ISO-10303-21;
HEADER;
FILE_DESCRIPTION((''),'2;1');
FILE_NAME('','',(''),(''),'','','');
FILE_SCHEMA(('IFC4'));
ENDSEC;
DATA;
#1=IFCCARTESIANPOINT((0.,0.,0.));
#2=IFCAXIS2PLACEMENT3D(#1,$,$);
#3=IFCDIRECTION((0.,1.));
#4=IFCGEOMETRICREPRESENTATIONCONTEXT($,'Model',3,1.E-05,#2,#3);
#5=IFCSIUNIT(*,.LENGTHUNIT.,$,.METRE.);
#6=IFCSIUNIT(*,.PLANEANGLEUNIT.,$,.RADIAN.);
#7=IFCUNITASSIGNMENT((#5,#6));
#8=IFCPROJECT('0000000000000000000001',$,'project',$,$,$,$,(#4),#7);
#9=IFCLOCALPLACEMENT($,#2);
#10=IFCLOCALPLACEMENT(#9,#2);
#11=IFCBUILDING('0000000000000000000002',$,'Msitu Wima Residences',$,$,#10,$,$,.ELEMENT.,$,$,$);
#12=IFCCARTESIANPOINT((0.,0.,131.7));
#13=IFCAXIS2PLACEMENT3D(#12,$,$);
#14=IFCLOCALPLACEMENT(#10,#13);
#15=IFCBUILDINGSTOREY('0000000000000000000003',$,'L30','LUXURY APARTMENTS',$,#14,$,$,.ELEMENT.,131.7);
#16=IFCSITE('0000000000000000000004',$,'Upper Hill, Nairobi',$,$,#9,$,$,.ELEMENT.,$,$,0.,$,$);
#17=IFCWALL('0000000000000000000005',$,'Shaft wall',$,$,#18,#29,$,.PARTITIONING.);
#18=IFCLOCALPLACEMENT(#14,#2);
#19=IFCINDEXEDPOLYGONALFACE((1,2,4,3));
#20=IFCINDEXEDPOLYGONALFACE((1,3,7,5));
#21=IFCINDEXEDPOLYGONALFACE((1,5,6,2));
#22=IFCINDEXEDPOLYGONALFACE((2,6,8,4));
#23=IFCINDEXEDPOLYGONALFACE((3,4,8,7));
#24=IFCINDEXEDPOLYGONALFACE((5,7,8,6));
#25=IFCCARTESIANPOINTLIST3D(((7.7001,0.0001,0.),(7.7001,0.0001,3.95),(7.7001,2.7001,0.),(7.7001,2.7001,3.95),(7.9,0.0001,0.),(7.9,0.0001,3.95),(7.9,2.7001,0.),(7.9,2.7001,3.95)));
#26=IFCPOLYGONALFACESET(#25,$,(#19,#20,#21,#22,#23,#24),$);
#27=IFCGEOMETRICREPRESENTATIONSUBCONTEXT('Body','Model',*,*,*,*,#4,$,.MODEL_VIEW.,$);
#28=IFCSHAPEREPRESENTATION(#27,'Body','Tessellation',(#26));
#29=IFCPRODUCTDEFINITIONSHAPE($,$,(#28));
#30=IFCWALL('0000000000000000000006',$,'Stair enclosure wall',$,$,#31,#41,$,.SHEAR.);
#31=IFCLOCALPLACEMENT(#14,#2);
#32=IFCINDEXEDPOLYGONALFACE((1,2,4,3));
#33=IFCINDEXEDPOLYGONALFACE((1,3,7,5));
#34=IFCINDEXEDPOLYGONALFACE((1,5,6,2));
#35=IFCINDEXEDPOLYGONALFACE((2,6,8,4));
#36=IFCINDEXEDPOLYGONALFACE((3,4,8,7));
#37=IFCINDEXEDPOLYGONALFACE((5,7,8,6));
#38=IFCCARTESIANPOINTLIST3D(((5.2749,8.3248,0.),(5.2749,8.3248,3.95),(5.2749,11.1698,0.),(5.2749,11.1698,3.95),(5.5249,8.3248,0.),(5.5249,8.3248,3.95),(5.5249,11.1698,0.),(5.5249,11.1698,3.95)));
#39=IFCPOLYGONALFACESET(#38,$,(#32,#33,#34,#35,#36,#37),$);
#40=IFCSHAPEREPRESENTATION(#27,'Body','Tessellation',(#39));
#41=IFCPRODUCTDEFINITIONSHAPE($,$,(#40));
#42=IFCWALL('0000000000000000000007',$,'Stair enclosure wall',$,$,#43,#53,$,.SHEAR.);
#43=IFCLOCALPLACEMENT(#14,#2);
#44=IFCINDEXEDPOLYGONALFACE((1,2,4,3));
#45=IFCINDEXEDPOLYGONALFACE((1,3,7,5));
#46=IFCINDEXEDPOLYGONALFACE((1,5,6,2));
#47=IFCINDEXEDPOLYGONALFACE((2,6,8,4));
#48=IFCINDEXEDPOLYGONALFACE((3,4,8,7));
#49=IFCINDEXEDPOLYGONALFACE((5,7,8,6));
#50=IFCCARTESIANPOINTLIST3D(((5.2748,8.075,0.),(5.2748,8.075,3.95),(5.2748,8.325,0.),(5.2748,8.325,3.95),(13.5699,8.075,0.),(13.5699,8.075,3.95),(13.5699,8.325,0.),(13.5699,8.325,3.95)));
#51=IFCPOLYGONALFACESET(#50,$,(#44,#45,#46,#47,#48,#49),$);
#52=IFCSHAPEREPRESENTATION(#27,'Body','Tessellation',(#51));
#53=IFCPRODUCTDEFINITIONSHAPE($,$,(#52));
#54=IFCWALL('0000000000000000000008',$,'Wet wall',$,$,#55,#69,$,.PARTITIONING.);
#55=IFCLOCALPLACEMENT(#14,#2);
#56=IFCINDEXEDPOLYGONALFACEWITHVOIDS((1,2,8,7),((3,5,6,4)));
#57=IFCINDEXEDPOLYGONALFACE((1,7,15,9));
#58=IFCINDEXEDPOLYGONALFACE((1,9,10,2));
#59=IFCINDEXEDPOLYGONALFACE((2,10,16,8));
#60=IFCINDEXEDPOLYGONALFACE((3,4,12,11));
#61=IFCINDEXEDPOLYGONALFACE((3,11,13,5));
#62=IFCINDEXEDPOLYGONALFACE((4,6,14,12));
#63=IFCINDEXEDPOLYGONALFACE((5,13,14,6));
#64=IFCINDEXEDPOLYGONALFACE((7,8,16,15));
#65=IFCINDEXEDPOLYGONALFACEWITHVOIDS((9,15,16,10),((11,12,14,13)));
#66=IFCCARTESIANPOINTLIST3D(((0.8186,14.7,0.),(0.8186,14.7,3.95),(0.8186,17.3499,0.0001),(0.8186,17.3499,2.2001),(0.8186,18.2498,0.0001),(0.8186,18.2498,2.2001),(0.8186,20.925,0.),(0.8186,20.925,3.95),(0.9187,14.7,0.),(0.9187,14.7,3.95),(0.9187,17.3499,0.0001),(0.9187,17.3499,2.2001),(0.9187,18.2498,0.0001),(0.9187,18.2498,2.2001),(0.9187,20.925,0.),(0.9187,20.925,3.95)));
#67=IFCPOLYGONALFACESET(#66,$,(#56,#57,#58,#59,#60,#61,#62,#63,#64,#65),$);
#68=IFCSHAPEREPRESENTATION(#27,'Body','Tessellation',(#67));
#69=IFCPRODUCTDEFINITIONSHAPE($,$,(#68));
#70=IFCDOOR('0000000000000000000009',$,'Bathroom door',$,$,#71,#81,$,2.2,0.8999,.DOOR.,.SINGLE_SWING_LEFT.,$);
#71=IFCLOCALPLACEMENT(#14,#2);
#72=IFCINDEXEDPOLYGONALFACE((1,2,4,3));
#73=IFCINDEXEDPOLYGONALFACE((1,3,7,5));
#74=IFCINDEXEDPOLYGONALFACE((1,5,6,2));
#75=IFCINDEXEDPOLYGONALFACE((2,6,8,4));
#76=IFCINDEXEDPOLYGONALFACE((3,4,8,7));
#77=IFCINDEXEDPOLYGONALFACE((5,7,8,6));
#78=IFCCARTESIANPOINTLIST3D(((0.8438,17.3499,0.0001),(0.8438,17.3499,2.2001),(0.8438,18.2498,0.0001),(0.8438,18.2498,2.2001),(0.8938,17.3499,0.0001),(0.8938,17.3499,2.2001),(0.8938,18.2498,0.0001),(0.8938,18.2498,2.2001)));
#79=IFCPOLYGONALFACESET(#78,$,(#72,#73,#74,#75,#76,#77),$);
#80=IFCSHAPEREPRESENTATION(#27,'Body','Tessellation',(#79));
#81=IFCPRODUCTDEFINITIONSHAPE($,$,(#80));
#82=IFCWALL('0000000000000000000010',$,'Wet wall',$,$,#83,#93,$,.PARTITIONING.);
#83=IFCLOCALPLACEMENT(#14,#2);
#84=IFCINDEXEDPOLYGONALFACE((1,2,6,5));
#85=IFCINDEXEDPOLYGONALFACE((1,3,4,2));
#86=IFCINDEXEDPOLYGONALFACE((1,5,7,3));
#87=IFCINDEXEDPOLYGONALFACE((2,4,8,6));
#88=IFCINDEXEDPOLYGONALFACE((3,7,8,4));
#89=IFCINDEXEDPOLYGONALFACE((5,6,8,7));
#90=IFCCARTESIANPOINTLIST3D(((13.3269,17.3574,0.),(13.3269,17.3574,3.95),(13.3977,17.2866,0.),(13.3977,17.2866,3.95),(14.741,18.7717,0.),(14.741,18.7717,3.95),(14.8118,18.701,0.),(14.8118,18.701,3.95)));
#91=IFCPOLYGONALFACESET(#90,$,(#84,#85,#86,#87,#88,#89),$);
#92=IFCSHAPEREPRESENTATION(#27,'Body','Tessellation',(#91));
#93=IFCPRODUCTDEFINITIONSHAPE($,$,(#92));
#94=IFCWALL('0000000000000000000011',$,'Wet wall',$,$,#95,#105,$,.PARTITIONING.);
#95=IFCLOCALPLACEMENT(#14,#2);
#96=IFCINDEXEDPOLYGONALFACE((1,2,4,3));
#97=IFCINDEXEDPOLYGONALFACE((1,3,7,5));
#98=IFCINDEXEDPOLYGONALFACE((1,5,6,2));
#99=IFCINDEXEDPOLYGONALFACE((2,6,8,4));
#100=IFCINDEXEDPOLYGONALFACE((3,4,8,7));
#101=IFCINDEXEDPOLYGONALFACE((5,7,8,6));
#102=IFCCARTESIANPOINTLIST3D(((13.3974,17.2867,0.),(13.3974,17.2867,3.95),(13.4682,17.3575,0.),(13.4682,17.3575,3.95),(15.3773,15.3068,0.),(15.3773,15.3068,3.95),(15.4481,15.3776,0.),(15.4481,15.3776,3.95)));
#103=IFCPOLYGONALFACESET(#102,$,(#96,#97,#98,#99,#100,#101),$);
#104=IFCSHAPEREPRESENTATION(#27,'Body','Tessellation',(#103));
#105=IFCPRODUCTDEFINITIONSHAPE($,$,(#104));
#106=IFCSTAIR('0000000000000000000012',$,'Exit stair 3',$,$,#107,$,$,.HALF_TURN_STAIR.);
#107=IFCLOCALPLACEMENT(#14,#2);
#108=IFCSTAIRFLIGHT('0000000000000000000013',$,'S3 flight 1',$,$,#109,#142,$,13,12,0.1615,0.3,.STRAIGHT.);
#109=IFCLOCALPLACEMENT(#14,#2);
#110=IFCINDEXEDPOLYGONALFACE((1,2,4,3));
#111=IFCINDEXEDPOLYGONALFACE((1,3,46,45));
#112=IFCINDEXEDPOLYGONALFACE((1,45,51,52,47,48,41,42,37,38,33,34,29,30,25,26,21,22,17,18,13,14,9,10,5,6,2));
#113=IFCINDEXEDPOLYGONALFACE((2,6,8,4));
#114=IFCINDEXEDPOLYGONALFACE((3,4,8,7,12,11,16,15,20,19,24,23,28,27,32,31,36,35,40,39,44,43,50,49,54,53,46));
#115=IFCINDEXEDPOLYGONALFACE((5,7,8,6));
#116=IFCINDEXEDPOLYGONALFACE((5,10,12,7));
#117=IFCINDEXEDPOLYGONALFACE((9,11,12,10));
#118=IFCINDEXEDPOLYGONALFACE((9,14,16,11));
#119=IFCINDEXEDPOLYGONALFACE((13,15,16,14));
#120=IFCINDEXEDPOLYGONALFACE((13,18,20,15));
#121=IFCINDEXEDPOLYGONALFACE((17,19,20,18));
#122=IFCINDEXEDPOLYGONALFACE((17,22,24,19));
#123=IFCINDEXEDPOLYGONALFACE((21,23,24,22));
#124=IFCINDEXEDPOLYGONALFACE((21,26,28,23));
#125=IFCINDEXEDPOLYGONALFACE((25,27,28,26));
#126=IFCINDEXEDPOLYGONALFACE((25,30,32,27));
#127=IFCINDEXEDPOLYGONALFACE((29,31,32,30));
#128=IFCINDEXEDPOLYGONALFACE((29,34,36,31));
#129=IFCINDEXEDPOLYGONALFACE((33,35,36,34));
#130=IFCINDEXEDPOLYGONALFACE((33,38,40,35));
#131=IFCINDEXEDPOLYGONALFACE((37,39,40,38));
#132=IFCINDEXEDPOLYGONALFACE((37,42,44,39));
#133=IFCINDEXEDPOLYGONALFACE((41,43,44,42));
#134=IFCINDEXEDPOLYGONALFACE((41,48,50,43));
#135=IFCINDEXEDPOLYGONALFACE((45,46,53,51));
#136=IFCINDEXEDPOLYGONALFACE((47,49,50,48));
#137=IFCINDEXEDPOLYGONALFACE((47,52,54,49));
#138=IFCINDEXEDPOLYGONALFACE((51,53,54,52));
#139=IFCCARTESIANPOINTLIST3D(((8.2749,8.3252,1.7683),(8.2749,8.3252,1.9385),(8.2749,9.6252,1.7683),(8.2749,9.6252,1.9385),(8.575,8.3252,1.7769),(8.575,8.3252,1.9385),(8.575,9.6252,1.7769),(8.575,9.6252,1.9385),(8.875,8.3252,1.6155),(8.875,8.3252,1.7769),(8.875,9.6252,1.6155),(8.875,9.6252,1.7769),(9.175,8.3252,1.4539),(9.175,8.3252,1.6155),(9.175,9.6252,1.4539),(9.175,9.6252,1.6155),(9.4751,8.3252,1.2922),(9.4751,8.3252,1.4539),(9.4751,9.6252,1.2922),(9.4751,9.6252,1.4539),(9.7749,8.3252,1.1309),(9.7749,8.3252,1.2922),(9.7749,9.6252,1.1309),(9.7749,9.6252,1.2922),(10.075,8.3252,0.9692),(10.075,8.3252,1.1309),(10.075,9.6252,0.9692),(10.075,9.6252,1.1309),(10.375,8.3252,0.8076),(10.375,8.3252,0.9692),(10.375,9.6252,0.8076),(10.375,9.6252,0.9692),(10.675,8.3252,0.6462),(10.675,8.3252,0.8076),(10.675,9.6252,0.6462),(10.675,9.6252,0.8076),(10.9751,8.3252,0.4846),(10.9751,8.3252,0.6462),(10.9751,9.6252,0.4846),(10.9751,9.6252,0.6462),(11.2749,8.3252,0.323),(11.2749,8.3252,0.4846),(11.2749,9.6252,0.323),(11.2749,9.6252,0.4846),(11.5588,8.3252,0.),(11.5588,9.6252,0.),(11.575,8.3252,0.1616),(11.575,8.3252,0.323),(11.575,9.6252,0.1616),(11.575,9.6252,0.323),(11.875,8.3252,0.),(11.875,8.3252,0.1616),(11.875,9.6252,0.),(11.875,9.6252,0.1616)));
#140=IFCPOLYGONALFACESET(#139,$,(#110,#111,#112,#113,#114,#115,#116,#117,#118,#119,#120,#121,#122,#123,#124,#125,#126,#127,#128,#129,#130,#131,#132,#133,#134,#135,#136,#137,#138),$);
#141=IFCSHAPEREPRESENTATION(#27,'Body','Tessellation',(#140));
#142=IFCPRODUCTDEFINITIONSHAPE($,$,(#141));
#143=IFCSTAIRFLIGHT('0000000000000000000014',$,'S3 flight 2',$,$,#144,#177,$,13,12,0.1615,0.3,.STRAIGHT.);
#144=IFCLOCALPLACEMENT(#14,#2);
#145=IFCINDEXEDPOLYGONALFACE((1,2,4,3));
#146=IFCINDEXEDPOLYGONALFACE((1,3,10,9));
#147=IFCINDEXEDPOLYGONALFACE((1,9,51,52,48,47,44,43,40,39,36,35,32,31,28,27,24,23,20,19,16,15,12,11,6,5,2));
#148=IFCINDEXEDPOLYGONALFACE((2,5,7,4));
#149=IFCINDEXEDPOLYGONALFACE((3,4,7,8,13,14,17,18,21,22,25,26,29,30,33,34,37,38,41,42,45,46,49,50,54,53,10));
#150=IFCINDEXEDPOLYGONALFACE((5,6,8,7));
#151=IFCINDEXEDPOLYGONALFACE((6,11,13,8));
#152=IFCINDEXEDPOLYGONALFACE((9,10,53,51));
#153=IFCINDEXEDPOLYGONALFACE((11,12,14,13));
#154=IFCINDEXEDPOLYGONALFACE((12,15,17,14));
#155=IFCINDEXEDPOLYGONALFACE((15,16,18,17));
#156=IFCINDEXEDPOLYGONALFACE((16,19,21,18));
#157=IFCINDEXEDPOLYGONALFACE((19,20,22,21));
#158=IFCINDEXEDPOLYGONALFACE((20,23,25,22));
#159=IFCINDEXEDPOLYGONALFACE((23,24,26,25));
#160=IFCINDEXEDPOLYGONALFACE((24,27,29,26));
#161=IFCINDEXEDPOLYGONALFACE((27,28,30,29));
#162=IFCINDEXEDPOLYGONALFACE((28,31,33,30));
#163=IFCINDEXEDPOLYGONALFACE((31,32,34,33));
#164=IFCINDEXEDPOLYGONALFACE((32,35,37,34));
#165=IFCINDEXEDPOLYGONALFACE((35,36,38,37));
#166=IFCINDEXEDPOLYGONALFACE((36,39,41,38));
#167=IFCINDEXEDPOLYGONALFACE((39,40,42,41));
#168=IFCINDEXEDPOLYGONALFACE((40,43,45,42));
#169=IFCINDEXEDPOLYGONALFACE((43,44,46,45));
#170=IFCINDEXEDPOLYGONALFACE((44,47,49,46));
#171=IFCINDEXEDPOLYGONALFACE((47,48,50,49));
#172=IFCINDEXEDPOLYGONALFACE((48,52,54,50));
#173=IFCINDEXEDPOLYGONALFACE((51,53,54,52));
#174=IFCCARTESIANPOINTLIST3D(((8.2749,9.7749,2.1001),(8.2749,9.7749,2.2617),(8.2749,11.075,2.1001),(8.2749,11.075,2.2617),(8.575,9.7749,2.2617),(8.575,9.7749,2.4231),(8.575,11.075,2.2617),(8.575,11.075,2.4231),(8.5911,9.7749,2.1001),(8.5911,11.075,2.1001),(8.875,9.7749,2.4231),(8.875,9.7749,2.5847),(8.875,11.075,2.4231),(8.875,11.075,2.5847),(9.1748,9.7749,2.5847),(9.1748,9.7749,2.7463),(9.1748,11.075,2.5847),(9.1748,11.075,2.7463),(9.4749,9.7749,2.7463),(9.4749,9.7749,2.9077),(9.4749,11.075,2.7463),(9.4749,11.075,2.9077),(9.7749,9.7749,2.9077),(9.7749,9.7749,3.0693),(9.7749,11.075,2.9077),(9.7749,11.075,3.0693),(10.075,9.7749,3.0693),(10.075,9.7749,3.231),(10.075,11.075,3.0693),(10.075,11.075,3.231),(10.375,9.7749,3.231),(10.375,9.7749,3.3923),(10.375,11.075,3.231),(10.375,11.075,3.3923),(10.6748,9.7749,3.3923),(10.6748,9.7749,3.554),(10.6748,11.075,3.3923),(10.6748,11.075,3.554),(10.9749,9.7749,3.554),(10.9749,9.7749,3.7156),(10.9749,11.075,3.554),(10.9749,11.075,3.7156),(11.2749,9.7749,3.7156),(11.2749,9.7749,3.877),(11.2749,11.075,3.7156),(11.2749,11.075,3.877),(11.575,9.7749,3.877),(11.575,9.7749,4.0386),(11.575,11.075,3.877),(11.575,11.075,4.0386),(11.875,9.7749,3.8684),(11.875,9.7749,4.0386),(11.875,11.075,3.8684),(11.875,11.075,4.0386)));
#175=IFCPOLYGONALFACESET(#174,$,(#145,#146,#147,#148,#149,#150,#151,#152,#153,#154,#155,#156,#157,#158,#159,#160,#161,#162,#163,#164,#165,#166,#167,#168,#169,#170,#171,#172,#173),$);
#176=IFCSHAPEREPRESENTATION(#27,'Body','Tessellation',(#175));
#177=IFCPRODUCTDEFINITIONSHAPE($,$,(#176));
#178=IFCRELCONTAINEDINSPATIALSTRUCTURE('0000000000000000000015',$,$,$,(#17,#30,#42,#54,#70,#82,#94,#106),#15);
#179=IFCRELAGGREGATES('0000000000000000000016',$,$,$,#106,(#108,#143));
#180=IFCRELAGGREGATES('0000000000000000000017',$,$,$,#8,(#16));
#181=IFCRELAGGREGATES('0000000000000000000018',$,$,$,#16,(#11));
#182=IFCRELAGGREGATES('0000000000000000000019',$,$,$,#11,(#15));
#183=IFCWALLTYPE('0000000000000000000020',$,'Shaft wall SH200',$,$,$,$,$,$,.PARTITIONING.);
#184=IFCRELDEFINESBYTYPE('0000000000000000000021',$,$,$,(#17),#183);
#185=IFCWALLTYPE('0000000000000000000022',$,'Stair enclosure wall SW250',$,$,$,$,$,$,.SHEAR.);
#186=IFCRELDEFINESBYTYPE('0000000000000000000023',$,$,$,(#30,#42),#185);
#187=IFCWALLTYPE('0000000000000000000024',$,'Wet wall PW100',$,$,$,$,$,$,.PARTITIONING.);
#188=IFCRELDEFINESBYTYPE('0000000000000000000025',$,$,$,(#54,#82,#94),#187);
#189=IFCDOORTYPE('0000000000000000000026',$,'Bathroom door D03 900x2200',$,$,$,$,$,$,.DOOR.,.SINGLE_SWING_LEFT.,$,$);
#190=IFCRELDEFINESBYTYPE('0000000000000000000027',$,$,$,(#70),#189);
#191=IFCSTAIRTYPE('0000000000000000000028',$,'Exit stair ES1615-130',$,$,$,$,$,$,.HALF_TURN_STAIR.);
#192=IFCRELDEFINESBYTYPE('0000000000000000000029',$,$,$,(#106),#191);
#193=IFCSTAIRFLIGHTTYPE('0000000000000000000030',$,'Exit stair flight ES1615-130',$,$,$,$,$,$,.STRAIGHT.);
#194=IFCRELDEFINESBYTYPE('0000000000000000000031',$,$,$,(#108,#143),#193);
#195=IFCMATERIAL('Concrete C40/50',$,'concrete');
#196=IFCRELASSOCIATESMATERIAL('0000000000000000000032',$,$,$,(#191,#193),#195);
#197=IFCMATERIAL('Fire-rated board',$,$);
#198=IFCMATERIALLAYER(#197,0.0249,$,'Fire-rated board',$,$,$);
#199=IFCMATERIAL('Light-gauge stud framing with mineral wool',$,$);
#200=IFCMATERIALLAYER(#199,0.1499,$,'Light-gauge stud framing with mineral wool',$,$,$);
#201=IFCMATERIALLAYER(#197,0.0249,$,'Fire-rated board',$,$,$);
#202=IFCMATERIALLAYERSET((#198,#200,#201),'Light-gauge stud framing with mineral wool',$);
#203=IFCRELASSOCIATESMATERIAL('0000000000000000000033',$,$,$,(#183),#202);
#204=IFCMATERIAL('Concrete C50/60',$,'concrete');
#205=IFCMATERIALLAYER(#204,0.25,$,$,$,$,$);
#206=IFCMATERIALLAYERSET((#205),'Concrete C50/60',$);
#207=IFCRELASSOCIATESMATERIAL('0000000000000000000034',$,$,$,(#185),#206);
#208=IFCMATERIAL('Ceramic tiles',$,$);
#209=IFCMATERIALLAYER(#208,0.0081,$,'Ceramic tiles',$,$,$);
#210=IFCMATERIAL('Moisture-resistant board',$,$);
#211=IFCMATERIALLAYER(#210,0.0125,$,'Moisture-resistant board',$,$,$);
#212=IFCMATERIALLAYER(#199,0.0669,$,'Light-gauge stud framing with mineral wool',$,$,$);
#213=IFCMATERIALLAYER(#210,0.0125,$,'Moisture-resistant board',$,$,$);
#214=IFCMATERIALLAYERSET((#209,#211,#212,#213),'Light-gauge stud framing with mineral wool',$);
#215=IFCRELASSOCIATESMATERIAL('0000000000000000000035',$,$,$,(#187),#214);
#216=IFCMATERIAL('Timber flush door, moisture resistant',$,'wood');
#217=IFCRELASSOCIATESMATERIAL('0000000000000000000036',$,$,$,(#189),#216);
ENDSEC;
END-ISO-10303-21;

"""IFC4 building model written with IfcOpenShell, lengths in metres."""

from ifc_helpers import new_model, si_unit, direction, frame, frame_2d, origin, place, context, subcontext, project, spatial, polyline, rectangle, outline, extrude, material, layer, layer_set, type_object, element, fill, aggregate, save


model = new_model("IFC4")

# Units and contexts
model_context = context("Model", 3, precision=1e-05, world=origin(), true_north=direction((0.0, 1.0)))
body_context = subcontext(model_context, "Body", "Model", "MODEL_VIEW")
ifc_project = project(units=[si_unit("LENGTHUNIT", "METRE"), si_unit("PLANEANGLEUNIT", "RADIAN")], contexts=[model_context])

# Site, building, storey
site_placement = place(None, origin())
site = spatial("IfcSite", under=ifc_project, at=site_placement, Name="Upper Hill, Nairobi", CompositionType="ELEMENT", RefElevation=0.0)
building_placement = place(site_placement, origin())
building = spatial("IfcBuilding", under=site, at=building_placement, Name="Msitu Wima Residences", CompositionType="ELEMENT")
storey_placement = place(building_placement, frame((0.0, 0.0, 131.7)))
storey = spatial("IfcBuildingStorey", under=building, at=storey_placement, Name="L30", Description="LUXURY APARTMENTS", CompositionType="ELEMENT", Elevation=131.7)

# Shared definitions
ifc_material_1 = material(Name="Concrete C40/50", Category="concrete")

# Shared definitions
stair_type = type_object("IfcStairType", Name="Exit stair ES1615-130", PredefinedType="HALF_TURN_STAIR", material=ifc_material_1)

# Walls
ifc_material_2 = material(Name="Fire-rated board")
ifc_layer_1 = layer(ifc_material_2, 0.0249, Name="Fire-rated board")
ifc_material_3 = material(Name="Light-gauge stud framing with mineral wool")
ifc_layer_2 = layer(ifc_material_3, 0.1499, Name="Light-gauge stud framing with mineral wool")
ifc_layer_3 = layer(ifc_material_2, 0.0249, Name="Fire-rated board")
ifc_layer_set_1 = layer_set([ifc_layer_1, ifc_layer_2, ifc_layer_3], Name="Light-gauge stud framing with mineral wool")
wall_type_1 = type_object("IfcWallType", Name="Shaft wall SH200", PredefinedType="PARTITIONING", material=ifc_layer_set_1)
wall_1_placement = place(storey_placement, frame((7.8, 0.0, 0.0), z_axis=(0.0, 0.0, 1.0), x_axis=(0.0, 1.0, 0.0)))
element("IfcWall", 1, at=wall_1_placement, inside=storey, type_object=wall_type_1, Name="Shaft wall", PredefinedType="PARTITIONING", context=body_context, shape_type="SweptSolid", body=[
    extrude(rectangle(XDim=2.7, YDim=0.2, at=frame_2d((1.3501, 0.0))), origin(), (0.0, 0.0, 1.0), 3.95),
])
ifc_material_4 = material(Name="Concrete C50/60", Category="concrete")
ifc_layer_4 = layer(ifc_material_4, 0.25)
ifc_layer_set_2 = layer_set([ifc_layer_4], Name="Concrete C50/60")
wall_type_2 = type_object("IfcWallType", Name="Stair enclosure wall SW250", PredefinedType="SHEAR", material=ifc_layer_set_2)
wall_2_placement = place(storey_placement, frame((5.3999, 8.325, 0.0), z_axis=(0.0, 0.0, 1.0), x_axis=(0.0, 1.0, 0.0)))
element("IfcWall", 2, at=wall_2_placement, inside=storey, type_object=wall_type_2, Name="Stair enclosure wall", PredefinedType="SHEAR", context=body_context, shape_type="SweptSolid", body=[
    extrude(rectangle(XDim=2.845, YDim=0.25, at=frame_2d((1.4224, 0.0))), origin(), (0.0, 0.0, 1.0), 3.95),
])
wall_3_placement = place(storey_placement, frame((5.2749, 8.2, 0.0), z_axis=(0.0, 0.0, 1.0), x_axis=(1.0, 0.0, 0.0)))
element("IfcWall", 3, at=wall_3_placement, inside=storey, type_object=wall_type_2, Name="Stair enclosure wall", PredefinedType="SHEAR", context=body_context, shape_type="SweptSolid", body=[
    extrude(rectangle(XDim=8.2952, YDim=0.25, at=frame_2d((4.1475, 0.0))), origin(), (0.0, 0.0, 1.0), 3.95),
])

# Wall, opening, door
ifc_material_5 = material(Name="Ceramic tiles")
ifc_layer_5 = layer(ifc_material_5, 0.0081, Name="Ceramic tiles")
ifc_material_6 = material(Name="Moisture-resistant board")
ifc_layer_6 = layer(ifc_material_6, 0.0125, Name="Moisture-resistant board")
ifc_layer_7 = layer(ifc_material_3, 0.0669, Name="Light-gauge stud framing with mineral wool")
ifc_layer_8 = layer(ifc_material_6, 0.0125, Name="Moisture-resistant board")
ifc_layer_set_3 = layer_set([ifc_layer_5, ifc_layer_6, ifc_layer_7, ifc_layer_8], Name="Light-gauge stud framing with mineral wool")
wall_type_3 = type_object("IfcWallType", Name="Wet wall PW100", PredefinedType="PARTITIONING", material=ifc_layer_set_3)
wall_4_placement = place(storey_placement, frame((0.8687, 14.7, 0.0), z_axis=(0.0, 0.0, 1.0), x_axis=(0.0, 1.0, 0.0)))
wall_4 = element("IfcWall", 4, at=wall_4_placement, inside=storey, type_object=wall_type_3, Name="Wet wall", PredefinedType="PARTITIONING", context=body_context, shape_type="SweptSolid", body=[
    extrude(rectangle(XDim=6.2251, YDim=0.1001, at=frame_2d((3.1125, 0.0))), origin(), (0.0, 0.0, 1.0), 3.95),
])
opening_1_placement = place(wall_4_placement, frame((2.6499, 0.0, 0.0)))
opening_1 = element("IfcOpeningElement", 5, at=opening_1_placement, cuts=wall_4, PredefinedType="OPENING", context=body_context, shape_type="SweptSolid", body=[
    extrude(rectangle(XDim=0.8999, YDim=2.2, at=frame_2d((0.45, 1.1001))), frame((0.0, 0.0601, 0.0), z_axis=(0.0, -1.0, 0.0), x_axis=(1.0, 0.0, 0.0)), (0.0, 0.0, 1.0), 0.1201),
])
ifc_material_7 = material(Name="Timber flush door, moisture resistant", Category="wood")
door_type_1 = type_object("IfcDoorType", Name="Bathroom door D03 900x2200", OperationType="SINGLE_SWING_LEFT", PredefinedType="DOOR", material=ifc_material_7)
door_1_placement = place(opening_1_placement, origin())
door_1 = element("IfcDoor", 6, at=door_1_placement, inside=storey, type_object=door_type_1, Name="Bathroom door", OperationType="SINGLE_SWING_LEFT", OverallHeight=2.2, OverallWidth=0.8999, PredefinedType="DOOR", context=body_context, shape_type="SweptSolid", body=[
    extrude(rectangle(XDim=0.8999, YDim=2.2, at=frame_2d((0.45, 1.1001))), frame((0.0, 0.0249, 0.0), z_axis=(0.0, -1.0, 0.0), x_axis=(1.0, 0.0, 0.0)), (0.0, 0.0, 1.0), 0.05),
])
fill(opening_1, door_1)

# Walls
wall_5_placement = place(storey_placement, frame((13.3623, 17.322, 0.0), z_axis=(0.0, 0.0, 1.0), x_axis=(0.707046, 0.707168, 0.0)))
element("IfcWall", 7, at=wall_5_placement, inside=storey, type_object=wall_type_3, Name="Wet wall", PredefinedType="PARTITIONING", context=body_context, shape_type="SweptSolid", body=[
    extrude(rectangle(XDim=2.0, YDim=0.1001, at=frame_2d((1.0, 0.0))), origin(), (0.0, 0.0, 1.0), 3.95),
])
wall_6_placement = place(storey_placement, frame((13.4329, 17.322, 0.0), z_axis=(0.0, 0.0, 1.0), x_axis=(0.707107, -0.707107, 0.0)))
element("IfcWall", 8, at=wall_6_placement, inside=storey, type_object=wall_type_3, Name="Wet wall", PredefinedType="PARTITIONING", context=body_context, shape_type="SweptSolid", body=[
    extrude(rectangle(XDim=2.8, YDim=0.1001, at=frame_2d((1.3999, 0.0))), origin(), (0.0, 0.0, 1.0), 3.95),
])

# Stair, stair flights
stair_1_placement = place(storey_placement, origin())
stair_1 = element("IfcStair", 9, at=stair_1_placement, inside=storey, type_object=stair_type, Name="Exit stair 3", PredefinedType="HALF_TURN_STAIR")
stair_flight_type = type_object("IfcStairFlightType", Name="Exit stair flight ES1615-130", PredefinedType="STRAIGHT", material=ifc_material_1)
stair_flight_1_placement = place(storey_placement, frame((11.875, 8.9751, 0.0), z_axis=(0.0, 0.0, 1.0), x_axis=(-1.0, 0.0, 0.0)))
stair_flight_1 = element("IfcStairFlight", 10, at=stair_flight_1_placement, type_object=stair_flight_type, Name="S3 flight 1", NumberOfRisers=13, NumberOfTreads=12, PredefinedType="STRAIGHT", RiserHeight=0.1615, TreadLength=0.3, context=body_context, shape_type="SweptSolid", body=[
    extrude(outline(polyline([(0.0, 0.0), (0.0, 0.1616), (0.3, 0.1616), (0.3, 0.323), (0.6001, 0.323), (0.6001, 0.4846), (0.8999, 0.4846), (0.8999, 0.6462), (1.2, 0.6462), (1.2, 0.8076), (1.5, 0.8076), (1.5, 0.9692), (1.8, 0.9692), (1.8, 1.1309), (2.1001, 1.1309), (2.1001, 1.2922), (2.3999, 1.2922), (2.3999, 1.4539), (2.7, 1.4539), (2.7, 1.6155), (3.0, 1.6155), (3.0, 1.7769), (3.3, 1.7769), (3.3, 1.9385), (3.6001, 1.9385), (3.6001, 2.1001), (3.6001, 1.7683), (0.3162, 0.0), (0.0, 0.0)])), frame((0.0, 0.6499, 0.0), z_axis=(0.0, -1.0, 0.0), x_axis=(1.0, 0.0, 0.0)), (0.0, 0.0, 1.0), 1.3),
])
stair_flight_2_placement = place(storey_placement, frame((8.2749, 10.425, 2.1001), z_axis=(0.0, 0.0, 1.0), x_axis=(1.0, 0.0, 0.0)))
stair_flight_2 = element("IfcStairFlight", 11, at=stair_flight_2_placement, type_object=stair_flight_type, Name="S3 flight 2", NumberOfRisers=13, NumberOfTreads=12, PredefinedType="STRAIGHT", RiserHeight=0.1615, TreadLength=0.3, context=body_context, shape_type="SweptSolid", body=[
    extrude(outline(polyline([(0.0, 0.0), (0.0, 0.1616), (0.3, 0.1616), (0.3, 0.323), (0.6001, 0.323), (0.6001, 0.4846), (0.8999, 0.4846), (0.8999, 0.6462), (1.2, 0.6462), (1.2, 0.8076), (1.5, 0.8076), (1.5, 0.9692), (1.8, 0.9692), (1.8, 1.1309), (2.1001, 1.1309), (2.1001, 1.2922), (2.3999, 1.2922), (2.3999, 1.4539), (2.7, 1.4539), (2.7, 1.6155), (3.0, 1.6155), (3.0, 1.7769), (3.3, 1.7769), (3.3, 1.9385), (3.6001, 1.9385), (3.6001, 2.1001), (3.6001, 1.7683), (0.3162, 0.0), (0.0, 0.0)])), frame((0.0, 0.6499, 0.0), z_axis=(0.0, -1.0, 0.0), x_axis=(1.0, 0.0, 0.0)), (0.0, 0.0, 1.0), 1.3),
])
aggregate(stair_1, [stair_flight_1, stair_flight_2])

save(model, "model.ifc")
